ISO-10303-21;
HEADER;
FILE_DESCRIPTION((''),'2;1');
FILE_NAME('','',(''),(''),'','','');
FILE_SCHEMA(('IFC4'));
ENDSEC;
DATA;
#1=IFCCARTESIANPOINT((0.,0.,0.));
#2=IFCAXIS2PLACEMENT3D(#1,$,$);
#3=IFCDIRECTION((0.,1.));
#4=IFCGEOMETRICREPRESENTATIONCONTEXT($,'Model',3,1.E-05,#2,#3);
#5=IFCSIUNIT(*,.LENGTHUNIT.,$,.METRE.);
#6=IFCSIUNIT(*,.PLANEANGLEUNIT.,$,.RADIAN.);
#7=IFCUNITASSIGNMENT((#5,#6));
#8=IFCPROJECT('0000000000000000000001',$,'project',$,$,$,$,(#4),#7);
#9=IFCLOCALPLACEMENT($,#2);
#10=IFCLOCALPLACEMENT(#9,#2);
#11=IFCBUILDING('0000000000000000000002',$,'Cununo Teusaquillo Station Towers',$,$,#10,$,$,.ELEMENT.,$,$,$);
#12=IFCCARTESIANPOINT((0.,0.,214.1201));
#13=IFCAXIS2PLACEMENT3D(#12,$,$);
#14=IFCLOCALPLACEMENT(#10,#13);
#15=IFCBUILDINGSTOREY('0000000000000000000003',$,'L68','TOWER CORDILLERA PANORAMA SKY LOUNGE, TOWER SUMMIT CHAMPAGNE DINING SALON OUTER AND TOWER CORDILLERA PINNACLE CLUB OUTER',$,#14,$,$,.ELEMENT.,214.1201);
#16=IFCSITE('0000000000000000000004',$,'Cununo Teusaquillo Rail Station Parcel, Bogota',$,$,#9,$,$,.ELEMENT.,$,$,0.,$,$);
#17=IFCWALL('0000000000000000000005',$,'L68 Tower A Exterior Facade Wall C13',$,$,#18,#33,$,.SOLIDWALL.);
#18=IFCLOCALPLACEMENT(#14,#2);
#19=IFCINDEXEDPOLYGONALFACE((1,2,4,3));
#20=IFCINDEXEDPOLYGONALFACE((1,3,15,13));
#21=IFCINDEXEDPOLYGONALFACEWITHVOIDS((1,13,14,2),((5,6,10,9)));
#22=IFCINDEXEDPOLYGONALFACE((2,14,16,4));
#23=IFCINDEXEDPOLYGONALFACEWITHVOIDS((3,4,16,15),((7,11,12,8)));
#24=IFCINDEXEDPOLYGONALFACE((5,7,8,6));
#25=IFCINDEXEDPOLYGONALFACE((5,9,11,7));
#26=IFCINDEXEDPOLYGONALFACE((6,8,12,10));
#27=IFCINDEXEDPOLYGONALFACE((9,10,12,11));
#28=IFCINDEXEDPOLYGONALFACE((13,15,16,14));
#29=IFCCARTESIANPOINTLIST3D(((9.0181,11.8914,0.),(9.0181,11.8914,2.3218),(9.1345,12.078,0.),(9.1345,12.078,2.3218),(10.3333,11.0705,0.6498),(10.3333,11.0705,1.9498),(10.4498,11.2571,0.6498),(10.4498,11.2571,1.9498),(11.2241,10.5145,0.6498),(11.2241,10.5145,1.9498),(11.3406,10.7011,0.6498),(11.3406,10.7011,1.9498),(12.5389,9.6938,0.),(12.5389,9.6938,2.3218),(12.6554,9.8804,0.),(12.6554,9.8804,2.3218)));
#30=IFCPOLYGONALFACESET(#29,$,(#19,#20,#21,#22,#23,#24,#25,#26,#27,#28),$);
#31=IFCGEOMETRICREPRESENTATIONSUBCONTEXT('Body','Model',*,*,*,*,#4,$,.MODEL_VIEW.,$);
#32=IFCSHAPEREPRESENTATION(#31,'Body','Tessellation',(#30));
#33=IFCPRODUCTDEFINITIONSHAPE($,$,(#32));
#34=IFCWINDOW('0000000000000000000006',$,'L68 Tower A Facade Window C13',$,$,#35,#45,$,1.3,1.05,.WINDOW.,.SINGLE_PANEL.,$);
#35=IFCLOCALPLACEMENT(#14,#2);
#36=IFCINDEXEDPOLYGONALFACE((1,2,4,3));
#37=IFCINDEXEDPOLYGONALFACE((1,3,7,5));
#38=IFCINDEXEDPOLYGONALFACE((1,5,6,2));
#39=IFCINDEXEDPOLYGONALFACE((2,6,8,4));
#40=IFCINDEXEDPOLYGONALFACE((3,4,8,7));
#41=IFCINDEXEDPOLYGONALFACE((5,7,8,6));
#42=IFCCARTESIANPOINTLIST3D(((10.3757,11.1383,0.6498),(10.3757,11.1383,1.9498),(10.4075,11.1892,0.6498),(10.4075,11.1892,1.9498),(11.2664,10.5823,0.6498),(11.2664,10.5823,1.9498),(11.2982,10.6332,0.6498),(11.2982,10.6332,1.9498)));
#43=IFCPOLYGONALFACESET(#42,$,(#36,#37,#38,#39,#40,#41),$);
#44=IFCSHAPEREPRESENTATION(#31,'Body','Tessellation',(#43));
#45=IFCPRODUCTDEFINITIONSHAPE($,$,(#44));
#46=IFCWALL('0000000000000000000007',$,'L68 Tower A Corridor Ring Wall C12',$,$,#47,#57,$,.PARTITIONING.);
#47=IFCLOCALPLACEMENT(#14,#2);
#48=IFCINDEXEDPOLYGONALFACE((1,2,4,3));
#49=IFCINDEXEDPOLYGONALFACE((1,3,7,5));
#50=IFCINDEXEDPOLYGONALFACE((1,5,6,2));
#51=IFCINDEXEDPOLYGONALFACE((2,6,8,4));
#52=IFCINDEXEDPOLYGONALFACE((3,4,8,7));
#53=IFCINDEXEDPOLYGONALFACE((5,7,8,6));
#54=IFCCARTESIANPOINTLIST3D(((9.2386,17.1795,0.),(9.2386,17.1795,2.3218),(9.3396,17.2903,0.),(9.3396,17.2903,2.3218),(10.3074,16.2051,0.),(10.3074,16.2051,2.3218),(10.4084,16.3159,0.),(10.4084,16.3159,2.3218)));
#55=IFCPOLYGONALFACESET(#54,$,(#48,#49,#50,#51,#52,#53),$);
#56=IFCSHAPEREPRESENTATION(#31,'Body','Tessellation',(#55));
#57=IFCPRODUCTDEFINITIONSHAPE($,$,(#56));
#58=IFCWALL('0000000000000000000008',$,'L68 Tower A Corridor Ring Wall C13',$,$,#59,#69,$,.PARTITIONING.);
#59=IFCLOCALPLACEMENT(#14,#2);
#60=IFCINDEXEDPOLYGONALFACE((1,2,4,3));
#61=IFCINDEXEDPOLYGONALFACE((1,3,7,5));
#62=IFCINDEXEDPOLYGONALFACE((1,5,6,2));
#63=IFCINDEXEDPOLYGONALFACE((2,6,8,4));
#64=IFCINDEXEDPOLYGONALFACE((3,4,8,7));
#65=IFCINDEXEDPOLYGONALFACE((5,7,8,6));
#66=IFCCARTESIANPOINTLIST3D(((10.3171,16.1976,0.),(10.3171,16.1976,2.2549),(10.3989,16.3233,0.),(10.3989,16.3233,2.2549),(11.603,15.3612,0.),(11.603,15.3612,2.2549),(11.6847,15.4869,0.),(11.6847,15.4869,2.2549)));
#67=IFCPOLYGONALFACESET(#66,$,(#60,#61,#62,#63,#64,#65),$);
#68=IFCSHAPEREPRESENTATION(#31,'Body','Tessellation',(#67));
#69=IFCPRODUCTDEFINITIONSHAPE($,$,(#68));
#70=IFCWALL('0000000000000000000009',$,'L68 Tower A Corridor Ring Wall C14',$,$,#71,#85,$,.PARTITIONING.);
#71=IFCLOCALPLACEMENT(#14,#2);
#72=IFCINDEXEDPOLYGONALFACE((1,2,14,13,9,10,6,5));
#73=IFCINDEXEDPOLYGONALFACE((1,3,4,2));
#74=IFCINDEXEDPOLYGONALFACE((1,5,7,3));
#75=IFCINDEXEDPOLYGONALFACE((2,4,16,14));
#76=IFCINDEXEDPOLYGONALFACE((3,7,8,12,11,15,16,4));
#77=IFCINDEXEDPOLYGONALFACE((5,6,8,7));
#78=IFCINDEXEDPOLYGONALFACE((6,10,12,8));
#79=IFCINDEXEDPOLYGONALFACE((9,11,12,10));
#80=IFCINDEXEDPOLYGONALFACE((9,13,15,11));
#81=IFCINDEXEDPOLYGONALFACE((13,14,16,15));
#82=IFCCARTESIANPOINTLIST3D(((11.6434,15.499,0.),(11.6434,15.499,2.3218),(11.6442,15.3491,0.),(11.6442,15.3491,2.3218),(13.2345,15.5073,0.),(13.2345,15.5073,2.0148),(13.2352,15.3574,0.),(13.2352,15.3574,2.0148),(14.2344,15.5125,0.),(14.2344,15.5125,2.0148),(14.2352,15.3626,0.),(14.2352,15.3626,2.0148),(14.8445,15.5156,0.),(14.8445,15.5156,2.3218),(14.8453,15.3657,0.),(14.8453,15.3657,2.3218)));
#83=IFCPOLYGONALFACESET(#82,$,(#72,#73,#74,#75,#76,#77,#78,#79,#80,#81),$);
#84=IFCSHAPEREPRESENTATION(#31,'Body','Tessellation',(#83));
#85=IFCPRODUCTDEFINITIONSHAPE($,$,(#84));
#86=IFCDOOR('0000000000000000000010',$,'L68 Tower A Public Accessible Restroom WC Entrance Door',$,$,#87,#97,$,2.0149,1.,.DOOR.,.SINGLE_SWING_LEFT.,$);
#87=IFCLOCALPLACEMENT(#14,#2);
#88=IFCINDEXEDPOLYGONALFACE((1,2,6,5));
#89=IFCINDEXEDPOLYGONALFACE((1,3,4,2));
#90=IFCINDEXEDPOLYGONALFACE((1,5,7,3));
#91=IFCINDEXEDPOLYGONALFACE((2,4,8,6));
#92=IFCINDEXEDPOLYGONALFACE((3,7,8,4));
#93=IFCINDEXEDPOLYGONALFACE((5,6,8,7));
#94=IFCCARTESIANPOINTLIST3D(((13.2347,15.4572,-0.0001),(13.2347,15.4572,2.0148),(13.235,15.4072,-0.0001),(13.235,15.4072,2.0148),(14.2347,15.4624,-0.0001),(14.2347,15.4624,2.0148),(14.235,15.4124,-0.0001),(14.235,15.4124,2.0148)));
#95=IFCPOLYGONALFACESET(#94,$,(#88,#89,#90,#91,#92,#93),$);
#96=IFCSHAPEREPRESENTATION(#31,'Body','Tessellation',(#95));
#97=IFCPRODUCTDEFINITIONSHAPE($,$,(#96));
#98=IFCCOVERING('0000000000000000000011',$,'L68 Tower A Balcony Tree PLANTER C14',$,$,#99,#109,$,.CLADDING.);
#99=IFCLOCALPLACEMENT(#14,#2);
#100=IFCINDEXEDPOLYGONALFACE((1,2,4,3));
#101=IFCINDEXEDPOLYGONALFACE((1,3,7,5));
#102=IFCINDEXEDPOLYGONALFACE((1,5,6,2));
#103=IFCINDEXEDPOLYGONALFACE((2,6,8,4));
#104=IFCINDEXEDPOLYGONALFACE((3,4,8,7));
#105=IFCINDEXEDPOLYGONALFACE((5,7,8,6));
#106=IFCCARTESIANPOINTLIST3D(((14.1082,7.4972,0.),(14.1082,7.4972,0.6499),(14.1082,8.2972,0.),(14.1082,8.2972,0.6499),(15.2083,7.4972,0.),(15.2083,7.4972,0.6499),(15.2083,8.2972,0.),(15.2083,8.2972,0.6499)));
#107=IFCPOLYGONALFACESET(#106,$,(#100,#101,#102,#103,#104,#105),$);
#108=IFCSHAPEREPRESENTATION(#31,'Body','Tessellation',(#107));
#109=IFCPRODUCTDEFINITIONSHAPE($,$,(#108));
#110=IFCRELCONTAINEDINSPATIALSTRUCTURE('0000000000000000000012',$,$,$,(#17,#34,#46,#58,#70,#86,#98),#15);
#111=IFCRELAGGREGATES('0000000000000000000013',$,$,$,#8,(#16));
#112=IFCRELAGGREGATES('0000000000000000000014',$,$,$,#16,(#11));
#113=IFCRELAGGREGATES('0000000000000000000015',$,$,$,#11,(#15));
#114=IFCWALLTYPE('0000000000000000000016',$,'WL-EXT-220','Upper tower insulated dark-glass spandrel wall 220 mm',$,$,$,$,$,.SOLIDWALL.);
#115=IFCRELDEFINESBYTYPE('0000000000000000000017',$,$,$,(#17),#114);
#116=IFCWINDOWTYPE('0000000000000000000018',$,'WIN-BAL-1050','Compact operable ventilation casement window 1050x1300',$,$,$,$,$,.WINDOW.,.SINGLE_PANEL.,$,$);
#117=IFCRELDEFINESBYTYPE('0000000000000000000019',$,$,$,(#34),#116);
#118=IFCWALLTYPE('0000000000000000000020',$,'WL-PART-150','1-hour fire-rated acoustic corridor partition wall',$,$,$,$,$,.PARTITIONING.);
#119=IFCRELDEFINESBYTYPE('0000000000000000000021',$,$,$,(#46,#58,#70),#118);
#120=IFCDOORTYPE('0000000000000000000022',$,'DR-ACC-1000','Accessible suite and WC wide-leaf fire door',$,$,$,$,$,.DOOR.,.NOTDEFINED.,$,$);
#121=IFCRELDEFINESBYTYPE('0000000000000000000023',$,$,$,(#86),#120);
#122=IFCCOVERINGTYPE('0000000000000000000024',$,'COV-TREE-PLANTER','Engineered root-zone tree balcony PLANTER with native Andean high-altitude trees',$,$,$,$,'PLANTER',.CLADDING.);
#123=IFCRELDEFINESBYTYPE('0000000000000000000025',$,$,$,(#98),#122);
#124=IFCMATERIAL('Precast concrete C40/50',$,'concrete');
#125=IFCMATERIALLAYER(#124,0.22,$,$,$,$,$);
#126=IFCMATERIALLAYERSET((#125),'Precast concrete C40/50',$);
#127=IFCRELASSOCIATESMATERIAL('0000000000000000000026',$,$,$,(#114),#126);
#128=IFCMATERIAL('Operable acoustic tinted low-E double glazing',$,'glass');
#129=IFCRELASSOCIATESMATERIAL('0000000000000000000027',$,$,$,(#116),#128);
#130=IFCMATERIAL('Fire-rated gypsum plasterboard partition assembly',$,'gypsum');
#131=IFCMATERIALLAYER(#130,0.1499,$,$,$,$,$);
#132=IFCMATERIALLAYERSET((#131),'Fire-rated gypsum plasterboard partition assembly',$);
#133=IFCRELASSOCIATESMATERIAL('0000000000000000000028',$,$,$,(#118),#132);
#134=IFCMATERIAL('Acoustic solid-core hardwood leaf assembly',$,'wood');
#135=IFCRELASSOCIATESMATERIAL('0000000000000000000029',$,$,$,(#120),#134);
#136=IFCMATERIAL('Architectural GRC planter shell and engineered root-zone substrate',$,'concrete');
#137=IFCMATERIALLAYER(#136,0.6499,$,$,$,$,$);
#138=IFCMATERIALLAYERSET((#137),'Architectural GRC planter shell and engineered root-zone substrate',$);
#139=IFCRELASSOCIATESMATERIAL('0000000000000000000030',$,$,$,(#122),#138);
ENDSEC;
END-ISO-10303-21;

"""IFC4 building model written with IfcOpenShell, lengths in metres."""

from ifc_helpers import new_model, si_unit, direction, frame, frame_2d, origin, origin_2d, place, context, subcontext, project, spatial, rectangle, extrude, source, transform, mapped, material, layer, layer_set, type_object, element, fill, save


model = new_model("IFC4")

# Units and contexts
model_context = context("Model", 3, precision=1e-05, world=origin(), true_north=direction((0.0, 1.0)))
body_context = subcontext(model_context, "Body", "Model", "MODEL_VIEW")
ifc_project = project(units=[si_unit("LENGTHUNIT", "METRE"), si_unit("PLANEANGLEUNIT", "RADIAN")], contexts=[model_context])

# Site, building, storey
site_placement = place(None, origin())
site = spatial("IfcSite", under=ifc_project, at=site_placement, Name="Cununo Teusaquillo Rail Station Parcel, Bogota", CompositionType="ELEMENT", RefElevation=0.0)
building_placement = place(site_placement, origin())
building = spatial("IfcBuilding", under=site, at=building_placement, Name="Cununo Teusaquillo Station Towers", CompositionType="ELEMENT")
storey_placement = place(building_placement, frame((0.0, 0.0, 214.1201)))
storey = spatial("IfcBuildingStorey", under=building, at=storey_placement, Name="L68", Description="TOWER CORDILLERA PANORAMA SKY LOUNGE, TOWER SUMMIT CHAMPAGNE DINING SALON OUTER AND TOWER CORDILLERA PINNACLE CLUB OUTER", CompositionType="ELEMENT", Elevation=214.1201)

# Shared definitions
ifc_material_1 = material(Name="Precast concrete C40/50", Category="concrete")
ifc_layer_1 = layer(ifc_material_1, 0.22)
ifc_layer_set_1 = layer_set([ifc_layer_1], Name="Precast concrete C40/50")
wall_type_1 = type_object("IfcWallType", Name="WL-EXT-220", Description="Upper tower insulated dark-glass spandrel wall 220 mm", PredefinedType="SOLIDWALL", material=ifc_layer_set_1)
shared_shape_1 = source(origin(), body_context, "Body", "SweptSolid", [
    extrude(rectangle(XDim=1.05, YDim=1.3, at=frame_2d((0.5249, 0.6499))), frame((0.0, 0.1199, 0.0), z_axis=(0.0, -1.0, 0.0), x_axis=(1.0, 0.0, 0.0)), (0.0, 0.0, 1.0), 0.24),
])
ifc_material_2 = material(Name="Operable acoustic tinted low-E double glazing", Category="glass")
window_type = type_object("IfcWindowType", Name="WIN-BAL-1050", Description="Compact operable ventilation casement window 1050x1300", PartitioningType="SINGLE_PANEL", PredefinedType="WINDOW", material=ifc_material_2)
shared_shape_2 = source(origin(), body_context, "Body", "SweptSolid", [
    extrude(rectangle(XDim=1.05, YDim=1.3, at=frame_2d((0.5249, 0.6499))), frame((0.0, 0.03, 0.0), z_axis=(0.0, -1.0, 0.0), x_axis=(1.0, 0.0, 0.0)), (0.0, 0.0, 1.0), 0.0601),
])

# Wall, opening, window
wall_1_placement = place(storey_placement, frame((12.5972, 9.7871, 0.0), z_axis=(0.0, 0.0, 1.0), x_axis=(-0.848319, 0.529486, 0.0)))
wall_1 = element("IfcWall", 1, at=wall_1_placement, inside=storey, type_object=wall_type_1, Name="L68 Tower A Exterior Facade Wall C13", PredefinedType="SOLIDWALL", context=body_context, shape_type="SweptSolid", body=[
    extrude(rectangle(XDim=4.1504, YDim=0.22, at=frame_2d((2.0752, 0.0))), origin(), (0.0, 0.0, 1.0), 2.3218),
])
opening_1_placement = place(wall_1_placement, frame((1.55, 0.0, 0.6499)))
opening_1 = element("IfcOpeningElement", 2, at=opening_1_placement, cuts=wall_1, PredefinedType="OPENING", context=body_context, shape_type="MappedRepresentation", body=[
    mapped(shared_shape_1, transform((0.0, 0.0, 0.0), x_axis=(1.0, 0.0, 0.0), y_axis=(0.0, 1.0, 0.0), z_axis=(0.0, 0.0, 1.0), scale=1.0)),
])
window_1_placement = place(opening_1_placement, origin())
window_1 = element("IfcWindow", 3, at=window_1_placement, inside=storey, type_object=window_type, Name="L68 Tower A Facade Window C13", OverallHeight=1.3, OverallWidth=1.05, PartitioningType="SINGLE_PANEL", PredefinedType="WINDOW", context=body_context, shape_type="MappedRepresentation", body=[
    mapped(shared_shape_2, transform((0.0, 0.0, 0.0), x_axis=(1.0, 0.0, 0.0), y_axis=(0.0, 1.0, 0.0), z_axis=(0.0, 0.0, 1.0), scale=1.0)),
])
fill(opening_1, window_1)

# Walls
ifc_material_3 = material(Name="Fire-rated gypsum plasterboard partition assembly", Category="gypsum")
ifc_layer_2 = layer(ifc_material_3, 0.1499)
ifc_layer_set_2 = layer_set([ifc_layer_2], Name="Fire-rated gypsum plasterboard partition assembly")
wall_type_2 = type_object("IfcWallType", Name="WL-PART-150", Description="1-hour fire-rated acoustic corridor partition wall", PredefinedType="PARTITIONING", material=ifc_layer_set_2)
wall_2_placement = place(storey_placement, frame((9.2891, 17.2349, 0.0), z_axis=(0.0, 0.0, 1.0), x_axis=(0.739015, -0.673689, 0.0)))
element("IfcWall", 4, at=wall_2_placement, inside=storey, type_object=wall_type_2, Name="L68 Tower A Corridor Ring Wall C12", PredefinedType="PARTITIONING", context=body_context, shape_type="SweptSolid", body=[
    extrude(rectangle(XDim=1.4463, YDim=0.1499, at=frame_2d((0.7231, 0.0))), origin(), (0.0, 0.0, 1.0), 2.3218),
])
wall_3_placement = place(storey_placement, frame((10.3579, 16.2605, 0.0), z_axis=(0.0, 0.0, 1.0), x_axis=(0.838265, -0.545262, 0.0)))
element("IfcWall", 5, at=wall_3_placement, inside=storey, type_object=wall_type_2, Name="L68 Tower A Corridor Ring Wall C13", PredefinedType="PARTITIONING", context=body_context, shape_type="SweptSolid", body=[
    extrude(rectangle(XDim=1.5339, YDim=0.1499, at=frame_2d((0.7671, 0.0))), origin(), (0.0, 0.0, 1.0), 2.2549),
])

# Wall, opening, door
wall_4_placement = place(storey_placement, frame((11.6438, 15.4241, 0.0), z_axis=(0.0, 0.0, 1.0), x_axis=(0.999987, 0.005186, 0.0)))
wall_4 = element("IfcWall", 6, at=wall_4_placement, inside=storey, type_object=wall_type_2, Name="L68 Tower A Corridor Ring Wall C14", PredefinedType="PARTITIONING", context=body_context, shape_type="SweptSolid", body=[
    extrude(rectangle(XDim=3.2012, YDim=0.1499, at=frame_2d((1.6006, 0.0))), origin(), (0.0, 0.0, 1.0), 2.3218),
])
shared_shape_3 = source(origin(), body_context, "Body", "SweptSolid", [
    extrude(rectangle(XDim=1.0, YDim=2.0149, at=frame_2d((0.5, 1.0073))), frame((0.0, 0.085, 0.0), z_axis=(0.0, -1.0, 0.0), x_axis=(1.0, 0.0, 0.0)), (0.0, 0.0, 1.0), 0.1699),
])
opening_2_placement = place(wall_4_placement, frame((1.5911, 0.0, 0.0)))
opening_2 = element("IfcOpeningElement", 7, at=opening_2_placement, cuts=wall_4, PredefinedType="OPENING", context=body_context, shape_type="MappedRepresentation", body=[
    mapped(shared_shape_3, transform((0.0, 0.0, 0.0), x_axis=(1.0, 0.0, 0.0), y_axis=(0.0, 1.0, 0.0), z_axis=(0.0, 0.0, 1.0), scale=1.0)),
])
ifc_material_4 = material(Name="Acoustic solid-core hardwood leaf assembly", Category="wood")
door_type = type_object("IfcDoorType", Name="DR-ACC-1000", Description="Accessible suite and WC wide-leaf fire door", OperationType="NOTDEFINED", PredefinedType="DOOR", material=ifc_material_4)
shared_shape_4 = source(origin(), body_context, "Body", "SweptSolid", [
    extrude(rectangle(XDim=1.0, YDim=2.0149, at=frame_2d((0.5, 1.0073))), frame((0.0, 0.0249, 0.0), z_axis=(0.0, -1.0, 0.0), x_axis=(1.0, 0.0, 0.0)), (0.0, 0.0, 1.0), 0.05),
])
door_placement = place(opening_2_placement, origin())
door = element("IfcDoor", 8, at=door_placement, inside=storey, type_object=door_type, Name="L68 Tower A Public Accessible Restroom WC Entrance Door", OperationType="SINGLE_SWING_LEFT", OverallHeight=2.0149, OverallWidth=1.0, PredefinedType="DOOR", context=body_context, shape_type="MappedRepresentation", body=[
    mapped(shared_shape_4, transform((0.0, 0.0, 0.0), x_axis=(1.0, 0.0, 0.0), y_axis=(0.0, 1.0, 0.0), z_axis=(0.0, 0.0, 1.0), scale=1.0)),
])
fill(opening_2, door)

# Covering
ifc_material_5 = material(Name="Architectural GRC planter shell and engineered root-zone substrate", Category="concrete")
ifc_layer_3 = layer(ifc_material_5, 0.6499)
ifc_layer_set_3 = layer_set([ifc_layer_3], Name="Architectural GRC planter shell and engineered root-zone substrate")
covering_type = type_object("IfcCoveringType", Name="COV-TREE-PLANTER", Description="Engineered root-zone tree balcony PLANTER with native Andean high-altitude trees", ElementType="PLANTER", PredefinedType="CLADDING", material=ifc_layer_set_3)
shared_shape_5 = source(origin(), body_context, "Body", "SweptSolid", [
    extrude(rectangle(XDim=1.1001, YDim=0.8, at=origin_2d()), origin(), (0.0, 0.0, 1.0), 0.6499),
])
covering_placement = place(storey_placement, frame((14.6582, 7.8972, 0.0), z_axis=(0.0, 0.0, 1.0), x_axis=(1.0, 0.0, 0.0)))
element("IfcCovering", 9, at=covering_placement, inside=storey, type_object=covering_type, Name="L68 Tower A Balcony Tree PLANTER C14", PredefinedType="CLADDING", context=body_context, shape_type="MappedRepresentation", body=[
    mapped(shared_shape_5, transform((0.0, 0.0, 0.0), x_axis=(1.0, 0.0, 0.0), y_axis=(0.0, 1.0, 0.0), z_axis=(0.0, 0.0, 1.0), scale=1.0)),
])

save(model, "model.ifc")
